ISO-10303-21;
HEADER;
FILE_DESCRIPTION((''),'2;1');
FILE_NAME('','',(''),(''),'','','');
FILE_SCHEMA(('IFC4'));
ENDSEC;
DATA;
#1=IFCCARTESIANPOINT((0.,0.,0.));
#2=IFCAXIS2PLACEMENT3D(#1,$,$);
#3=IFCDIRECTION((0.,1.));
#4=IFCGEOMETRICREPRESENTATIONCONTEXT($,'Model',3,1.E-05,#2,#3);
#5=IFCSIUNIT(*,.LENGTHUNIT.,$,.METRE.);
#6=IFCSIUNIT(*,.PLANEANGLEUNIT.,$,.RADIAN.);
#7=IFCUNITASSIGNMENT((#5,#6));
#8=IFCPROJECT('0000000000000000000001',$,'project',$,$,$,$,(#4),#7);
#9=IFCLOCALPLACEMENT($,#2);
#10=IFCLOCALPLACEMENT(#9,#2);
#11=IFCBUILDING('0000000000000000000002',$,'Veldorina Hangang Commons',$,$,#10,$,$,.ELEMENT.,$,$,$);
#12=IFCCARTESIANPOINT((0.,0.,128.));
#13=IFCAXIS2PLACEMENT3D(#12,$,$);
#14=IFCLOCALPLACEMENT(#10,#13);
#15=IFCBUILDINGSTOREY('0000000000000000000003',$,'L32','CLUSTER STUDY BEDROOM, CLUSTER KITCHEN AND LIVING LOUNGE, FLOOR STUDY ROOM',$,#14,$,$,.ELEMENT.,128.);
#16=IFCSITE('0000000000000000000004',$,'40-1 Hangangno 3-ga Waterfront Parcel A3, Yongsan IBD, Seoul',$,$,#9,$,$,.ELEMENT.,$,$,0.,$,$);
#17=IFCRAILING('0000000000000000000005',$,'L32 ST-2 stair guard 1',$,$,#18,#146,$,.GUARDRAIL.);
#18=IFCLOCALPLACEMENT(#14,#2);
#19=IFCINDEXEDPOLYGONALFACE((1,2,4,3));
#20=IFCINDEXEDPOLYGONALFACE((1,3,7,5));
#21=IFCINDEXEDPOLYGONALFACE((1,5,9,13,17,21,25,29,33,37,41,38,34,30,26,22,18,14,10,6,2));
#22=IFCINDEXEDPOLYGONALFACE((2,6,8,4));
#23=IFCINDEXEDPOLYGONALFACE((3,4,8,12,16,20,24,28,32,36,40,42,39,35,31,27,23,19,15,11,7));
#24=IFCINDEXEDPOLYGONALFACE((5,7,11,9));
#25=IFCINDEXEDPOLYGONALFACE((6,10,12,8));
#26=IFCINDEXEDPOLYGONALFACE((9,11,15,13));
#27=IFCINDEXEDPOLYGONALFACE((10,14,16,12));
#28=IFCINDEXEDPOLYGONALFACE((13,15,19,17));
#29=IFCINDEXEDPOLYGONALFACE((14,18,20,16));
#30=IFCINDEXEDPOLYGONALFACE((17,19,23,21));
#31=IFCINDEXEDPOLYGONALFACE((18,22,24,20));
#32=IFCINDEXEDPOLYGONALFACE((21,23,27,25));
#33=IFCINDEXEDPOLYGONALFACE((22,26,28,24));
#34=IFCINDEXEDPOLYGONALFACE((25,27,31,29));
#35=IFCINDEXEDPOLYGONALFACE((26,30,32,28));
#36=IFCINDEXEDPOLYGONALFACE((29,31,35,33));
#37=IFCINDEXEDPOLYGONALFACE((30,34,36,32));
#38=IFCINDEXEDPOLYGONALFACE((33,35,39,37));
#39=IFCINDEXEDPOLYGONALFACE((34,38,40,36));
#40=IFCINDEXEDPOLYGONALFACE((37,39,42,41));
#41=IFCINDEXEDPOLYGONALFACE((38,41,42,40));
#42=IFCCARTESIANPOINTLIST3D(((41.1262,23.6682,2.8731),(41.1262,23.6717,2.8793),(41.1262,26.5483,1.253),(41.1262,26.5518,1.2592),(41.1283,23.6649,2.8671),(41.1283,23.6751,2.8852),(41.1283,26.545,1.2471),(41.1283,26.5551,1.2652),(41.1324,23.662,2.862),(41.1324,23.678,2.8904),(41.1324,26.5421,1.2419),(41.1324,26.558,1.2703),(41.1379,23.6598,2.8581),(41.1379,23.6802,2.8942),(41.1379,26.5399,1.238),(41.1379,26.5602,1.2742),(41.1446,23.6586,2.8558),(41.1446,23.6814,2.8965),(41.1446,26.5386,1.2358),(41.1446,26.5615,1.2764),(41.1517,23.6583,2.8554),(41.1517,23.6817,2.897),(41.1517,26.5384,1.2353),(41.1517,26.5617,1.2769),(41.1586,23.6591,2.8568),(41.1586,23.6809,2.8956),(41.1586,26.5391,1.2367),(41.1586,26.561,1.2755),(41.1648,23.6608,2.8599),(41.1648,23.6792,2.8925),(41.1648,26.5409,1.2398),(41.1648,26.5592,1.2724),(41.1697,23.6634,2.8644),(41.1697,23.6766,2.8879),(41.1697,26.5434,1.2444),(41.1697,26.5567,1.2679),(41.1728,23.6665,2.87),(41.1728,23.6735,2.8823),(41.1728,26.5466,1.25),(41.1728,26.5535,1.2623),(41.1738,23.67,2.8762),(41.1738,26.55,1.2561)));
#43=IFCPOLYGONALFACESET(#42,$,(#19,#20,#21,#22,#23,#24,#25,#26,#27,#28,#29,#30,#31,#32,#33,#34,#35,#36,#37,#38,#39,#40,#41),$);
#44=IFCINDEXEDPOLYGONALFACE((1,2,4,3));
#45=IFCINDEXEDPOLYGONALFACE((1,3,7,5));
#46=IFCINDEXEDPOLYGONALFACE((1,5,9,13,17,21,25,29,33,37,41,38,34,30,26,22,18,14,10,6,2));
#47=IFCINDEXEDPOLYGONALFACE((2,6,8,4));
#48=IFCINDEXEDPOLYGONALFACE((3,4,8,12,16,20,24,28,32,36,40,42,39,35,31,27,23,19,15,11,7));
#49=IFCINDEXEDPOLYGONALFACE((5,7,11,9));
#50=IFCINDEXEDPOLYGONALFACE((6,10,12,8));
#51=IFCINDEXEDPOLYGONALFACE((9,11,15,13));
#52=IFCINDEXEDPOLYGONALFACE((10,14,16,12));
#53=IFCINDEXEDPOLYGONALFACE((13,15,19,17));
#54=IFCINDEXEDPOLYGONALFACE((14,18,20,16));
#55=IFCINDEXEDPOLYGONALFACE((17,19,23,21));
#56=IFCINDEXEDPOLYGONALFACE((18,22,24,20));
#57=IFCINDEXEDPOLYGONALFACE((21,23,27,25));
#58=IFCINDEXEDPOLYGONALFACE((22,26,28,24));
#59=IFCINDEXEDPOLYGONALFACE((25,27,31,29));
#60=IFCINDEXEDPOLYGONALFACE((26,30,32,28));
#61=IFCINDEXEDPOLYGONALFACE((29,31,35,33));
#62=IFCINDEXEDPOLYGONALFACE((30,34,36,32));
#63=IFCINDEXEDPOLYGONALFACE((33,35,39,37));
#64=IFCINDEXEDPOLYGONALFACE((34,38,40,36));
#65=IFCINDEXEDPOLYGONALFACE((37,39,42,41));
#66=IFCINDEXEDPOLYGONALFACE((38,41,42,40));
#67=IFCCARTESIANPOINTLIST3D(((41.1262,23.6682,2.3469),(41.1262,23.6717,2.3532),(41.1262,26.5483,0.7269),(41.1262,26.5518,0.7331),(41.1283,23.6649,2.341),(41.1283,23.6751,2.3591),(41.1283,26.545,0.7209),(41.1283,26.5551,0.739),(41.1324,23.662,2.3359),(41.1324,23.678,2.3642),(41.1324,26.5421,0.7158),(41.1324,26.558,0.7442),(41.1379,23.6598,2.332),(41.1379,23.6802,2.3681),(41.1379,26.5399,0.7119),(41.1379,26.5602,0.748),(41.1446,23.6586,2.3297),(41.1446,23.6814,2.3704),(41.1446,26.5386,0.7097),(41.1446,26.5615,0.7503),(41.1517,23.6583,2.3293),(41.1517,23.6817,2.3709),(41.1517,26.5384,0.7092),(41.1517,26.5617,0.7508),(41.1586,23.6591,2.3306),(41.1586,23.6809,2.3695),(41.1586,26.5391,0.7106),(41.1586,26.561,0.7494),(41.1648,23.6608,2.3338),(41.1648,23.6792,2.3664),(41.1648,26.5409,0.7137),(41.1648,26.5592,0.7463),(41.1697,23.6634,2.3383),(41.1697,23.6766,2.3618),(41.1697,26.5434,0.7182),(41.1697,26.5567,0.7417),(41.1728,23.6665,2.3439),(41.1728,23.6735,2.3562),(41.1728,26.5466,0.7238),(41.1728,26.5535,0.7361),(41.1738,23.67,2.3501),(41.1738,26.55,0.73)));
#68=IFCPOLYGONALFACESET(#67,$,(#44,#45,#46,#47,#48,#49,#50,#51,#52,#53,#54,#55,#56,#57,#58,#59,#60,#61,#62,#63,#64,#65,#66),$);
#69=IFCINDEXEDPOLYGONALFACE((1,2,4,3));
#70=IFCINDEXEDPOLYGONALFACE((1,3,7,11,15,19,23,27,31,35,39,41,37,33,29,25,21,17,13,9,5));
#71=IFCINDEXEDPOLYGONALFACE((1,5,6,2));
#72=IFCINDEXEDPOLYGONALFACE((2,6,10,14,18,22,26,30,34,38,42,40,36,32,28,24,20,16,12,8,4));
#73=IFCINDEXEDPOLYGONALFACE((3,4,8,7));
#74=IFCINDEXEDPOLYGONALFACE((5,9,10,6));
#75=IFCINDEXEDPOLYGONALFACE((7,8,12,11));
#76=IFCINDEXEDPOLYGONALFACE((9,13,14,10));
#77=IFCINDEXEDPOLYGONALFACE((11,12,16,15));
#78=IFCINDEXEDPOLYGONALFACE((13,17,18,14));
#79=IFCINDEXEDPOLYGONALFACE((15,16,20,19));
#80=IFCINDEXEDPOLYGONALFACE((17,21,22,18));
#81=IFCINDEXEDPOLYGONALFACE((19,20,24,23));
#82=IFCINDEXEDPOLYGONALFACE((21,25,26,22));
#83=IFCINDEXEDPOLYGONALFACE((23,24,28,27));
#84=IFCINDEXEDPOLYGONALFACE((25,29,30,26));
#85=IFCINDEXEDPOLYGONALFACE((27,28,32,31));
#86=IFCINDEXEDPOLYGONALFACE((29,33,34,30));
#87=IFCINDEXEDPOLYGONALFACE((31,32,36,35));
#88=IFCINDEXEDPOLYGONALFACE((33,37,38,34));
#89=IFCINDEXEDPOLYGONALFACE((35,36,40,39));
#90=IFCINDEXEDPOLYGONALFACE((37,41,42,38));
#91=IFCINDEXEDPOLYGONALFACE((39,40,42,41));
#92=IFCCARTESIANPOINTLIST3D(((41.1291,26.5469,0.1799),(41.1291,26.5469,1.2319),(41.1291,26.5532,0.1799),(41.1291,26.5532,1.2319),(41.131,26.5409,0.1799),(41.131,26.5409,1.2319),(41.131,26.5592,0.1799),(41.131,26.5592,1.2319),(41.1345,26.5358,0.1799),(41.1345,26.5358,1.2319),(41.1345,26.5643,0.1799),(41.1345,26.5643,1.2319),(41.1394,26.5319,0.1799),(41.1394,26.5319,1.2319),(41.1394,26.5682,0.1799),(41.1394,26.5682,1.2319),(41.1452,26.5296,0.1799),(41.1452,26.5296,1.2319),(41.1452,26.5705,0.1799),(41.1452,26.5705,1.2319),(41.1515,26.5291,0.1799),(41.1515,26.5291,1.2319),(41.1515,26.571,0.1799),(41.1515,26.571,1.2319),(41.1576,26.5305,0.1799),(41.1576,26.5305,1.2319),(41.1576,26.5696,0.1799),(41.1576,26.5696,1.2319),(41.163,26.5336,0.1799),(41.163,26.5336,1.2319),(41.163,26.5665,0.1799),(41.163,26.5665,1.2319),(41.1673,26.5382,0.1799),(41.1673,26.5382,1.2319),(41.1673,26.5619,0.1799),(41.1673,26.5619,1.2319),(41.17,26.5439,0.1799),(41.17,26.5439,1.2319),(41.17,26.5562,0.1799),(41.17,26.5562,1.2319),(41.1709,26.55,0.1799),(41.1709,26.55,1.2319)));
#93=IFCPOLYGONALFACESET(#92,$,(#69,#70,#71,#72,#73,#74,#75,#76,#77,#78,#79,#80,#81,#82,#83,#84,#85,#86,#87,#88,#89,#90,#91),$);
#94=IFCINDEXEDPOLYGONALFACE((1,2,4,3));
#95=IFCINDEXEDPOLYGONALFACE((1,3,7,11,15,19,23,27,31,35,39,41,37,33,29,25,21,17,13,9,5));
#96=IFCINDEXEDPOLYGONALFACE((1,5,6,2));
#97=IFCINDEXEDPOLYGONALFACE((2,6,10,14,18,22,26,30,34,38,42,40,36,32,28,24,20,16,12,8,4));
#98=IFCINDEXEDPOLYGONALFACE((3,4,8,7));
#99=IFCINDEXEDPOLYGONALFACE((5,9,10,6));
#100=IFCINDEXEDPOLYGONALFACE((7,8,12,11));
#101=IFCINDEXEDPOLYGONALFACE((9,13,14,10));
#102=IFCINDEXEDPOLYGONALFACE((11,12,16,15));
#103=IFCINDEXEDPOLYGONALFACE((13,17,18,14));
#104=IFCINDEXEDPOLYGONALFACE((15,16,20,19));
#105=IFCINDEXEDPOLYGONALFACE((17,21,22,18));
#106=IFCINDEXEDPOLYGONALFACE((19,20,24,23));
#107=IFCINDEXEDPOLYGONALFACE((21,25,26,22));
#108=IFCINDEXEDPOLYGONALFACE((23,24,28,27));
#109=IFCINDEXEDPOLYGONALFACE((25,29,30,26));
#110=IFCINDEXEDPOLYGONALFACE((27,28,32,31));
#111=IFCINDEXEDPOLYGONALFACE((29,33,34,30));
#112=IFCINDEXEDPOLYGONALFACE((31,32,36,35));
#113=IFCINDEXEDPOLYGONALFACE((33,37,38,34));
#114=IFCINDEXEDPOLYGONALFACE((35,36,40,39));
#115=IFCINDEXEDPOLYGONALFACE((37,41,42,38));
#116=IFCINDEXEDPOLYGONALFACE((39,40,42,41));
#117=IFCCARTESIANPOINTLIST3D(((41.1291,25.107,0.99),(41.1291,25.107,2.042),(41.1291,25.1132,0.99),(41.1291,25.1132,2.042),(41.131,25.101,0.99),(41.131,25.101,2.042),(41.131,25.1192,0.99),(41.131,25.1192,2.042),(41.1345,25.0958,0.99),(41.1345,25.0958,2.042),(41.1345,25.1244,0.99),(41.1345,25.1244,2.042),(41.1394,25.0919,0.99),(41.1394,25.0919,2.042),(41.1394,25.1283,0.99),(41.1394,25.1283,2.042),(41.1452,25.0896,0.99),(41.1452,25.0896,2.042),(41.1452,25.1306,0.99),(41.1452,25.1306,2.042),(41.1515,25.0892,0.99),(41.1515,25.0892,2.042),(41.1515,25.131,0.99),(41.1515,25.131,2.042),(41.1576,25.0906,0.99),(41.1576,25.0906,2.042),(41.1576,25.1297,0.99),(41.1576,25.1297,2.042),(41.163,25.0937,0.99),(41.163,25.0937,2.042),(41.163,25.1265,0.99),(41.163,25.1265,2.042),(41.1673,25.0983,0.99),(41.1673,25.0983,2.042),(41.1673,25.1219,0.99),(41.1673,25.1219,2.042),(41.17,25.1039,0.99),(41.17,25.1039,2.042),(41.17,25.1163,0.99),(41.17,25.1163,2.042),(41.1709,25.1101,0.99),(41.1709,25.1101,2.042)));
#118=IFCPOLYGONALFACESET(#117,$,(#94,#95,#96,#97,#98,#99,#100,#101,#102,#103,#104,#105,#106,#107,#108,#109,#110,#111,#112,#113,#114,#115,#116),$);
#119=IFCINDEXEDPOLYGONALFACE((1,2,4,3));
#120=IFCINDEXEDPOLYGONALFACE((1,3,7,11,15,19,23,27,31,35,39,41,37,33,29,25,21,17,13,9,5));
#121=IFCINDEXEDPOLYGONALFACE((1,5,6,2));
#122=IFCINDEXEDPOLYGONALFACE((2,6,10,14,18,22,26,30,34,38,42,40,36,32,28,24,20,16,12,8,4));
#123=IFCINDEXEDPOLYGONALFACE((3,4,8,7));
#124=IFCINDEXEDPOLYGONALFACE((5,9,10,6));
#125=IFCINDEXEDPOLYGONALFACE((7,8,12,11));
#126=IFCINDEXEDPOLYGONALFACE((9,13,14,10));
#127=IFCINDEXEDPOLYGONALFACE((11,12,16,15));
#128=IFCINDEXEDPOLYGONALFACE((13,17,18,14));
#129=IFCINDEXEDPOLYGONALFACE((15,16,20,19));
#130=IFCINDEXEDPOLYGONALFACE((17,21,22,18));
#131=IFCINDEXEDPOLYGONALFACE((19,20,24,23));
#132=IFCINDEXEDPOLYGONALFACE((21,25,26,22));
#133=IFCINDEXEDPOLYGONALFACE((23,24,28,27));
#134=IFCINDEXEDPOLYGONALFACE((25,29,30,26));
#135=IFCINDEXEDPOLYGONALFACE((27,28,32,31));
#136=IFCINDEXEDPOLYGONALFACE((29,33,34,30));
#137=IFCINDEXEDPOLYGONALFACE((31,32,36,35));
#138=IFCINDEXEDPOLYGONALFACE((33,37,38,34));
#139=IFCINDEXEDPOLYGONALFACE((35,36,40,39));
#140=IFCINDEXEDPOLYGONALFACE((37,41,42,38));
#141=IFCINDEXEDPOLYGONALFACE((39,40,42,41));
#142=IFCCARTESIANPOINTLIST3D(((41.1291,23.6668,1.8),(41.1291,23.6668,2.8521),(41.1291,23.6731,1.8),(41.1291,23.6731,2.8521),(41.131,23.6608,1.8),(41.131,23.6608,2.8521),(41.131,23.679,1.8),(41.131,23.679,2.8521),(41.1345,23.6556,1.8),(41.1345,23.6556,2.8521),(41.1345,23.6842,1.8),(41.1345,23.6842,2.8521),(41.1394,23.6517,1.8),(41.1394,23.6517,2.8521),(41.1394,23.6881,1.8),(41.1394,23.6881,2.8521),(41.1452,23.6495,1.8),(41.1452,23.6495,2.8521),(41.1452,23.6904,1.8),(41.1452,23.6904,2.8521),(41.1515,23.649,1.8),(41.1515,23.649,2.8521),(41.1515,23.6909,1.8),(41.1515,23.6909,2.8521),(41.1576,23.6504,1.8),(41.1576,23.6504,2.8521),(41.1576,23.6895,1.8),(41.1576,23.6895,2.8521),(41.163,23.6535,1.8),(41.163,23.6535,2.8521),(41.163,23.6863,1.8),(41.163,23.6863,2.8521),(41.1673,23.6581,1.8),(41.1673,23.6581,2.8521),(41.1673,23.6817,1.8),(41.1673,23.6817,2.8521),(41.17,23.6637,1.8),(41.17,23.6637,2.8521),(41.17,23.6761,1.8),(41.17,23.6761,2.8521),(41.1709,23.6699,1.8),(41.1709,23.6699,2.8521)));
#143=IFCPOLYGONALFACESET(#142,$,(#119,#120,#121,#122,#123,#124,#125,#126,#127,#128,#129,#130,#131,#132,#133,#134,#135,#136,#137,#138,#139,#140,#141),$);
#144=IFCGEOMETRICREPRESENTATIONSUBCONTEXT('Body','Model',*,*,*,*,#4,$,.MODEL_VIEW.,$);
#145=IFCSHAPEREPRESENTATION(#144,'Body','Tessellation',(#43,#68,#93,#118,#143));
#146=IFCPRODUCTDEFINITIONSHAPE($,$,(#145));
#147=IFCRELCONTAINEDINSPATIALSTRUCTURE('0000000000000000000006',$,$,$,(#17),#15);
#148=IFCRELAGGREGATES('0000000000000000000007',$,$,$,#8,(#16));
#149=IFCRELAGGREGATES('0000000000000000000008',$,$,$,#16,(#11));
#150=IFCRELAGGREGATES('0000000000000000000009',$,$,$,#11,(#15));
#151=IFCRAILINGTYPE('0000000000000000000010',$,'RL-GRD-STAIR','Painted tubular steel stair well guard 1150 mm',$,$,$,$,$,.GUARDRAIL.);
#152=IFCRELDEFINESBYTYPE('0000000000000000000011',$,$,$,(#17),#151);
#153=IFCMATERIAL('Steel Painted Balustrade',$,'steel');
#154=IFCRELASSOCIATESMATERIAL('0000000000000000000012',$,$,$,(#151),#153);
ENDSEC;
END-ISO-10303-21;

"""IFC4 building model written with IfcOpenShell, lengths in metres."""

from ifc_helpers import new_model, si_unit, direction, frame, origin, origin_2d, place, context, subcontext, project, spatial, circle, extrude, material, type_object, element, save


model = new_model("IFC4")

# Units and contexts
model_context = context("Model", 3, precision=1e-05, world=origin(), true_north=direction((0.0, 1.0)))
body_context = subcontext(model_context, "Body", "Model", "MODEL_VIEW")
ifc_project = project(units=[si_unit("LENGTHUNIT", "METRE"), si_unit("PLANEANGLEUNIT", "RADIAN")], contexts=[model_context])

# Site, building, storey
site_placement = place(None, origin())
site = spatial("IfcSite", under=ifc_project, at=site_placement, Name="40-1 Hangangno 3-ga Waterfront Parcel A3, Yongsan IBD, Seoul", CompositionType="ELEMENT", RefElevation=0.0)
building_placement = place(site_placement, origin())
building = spatial("IfcBuilding", under=site, at=building_placement, Name="Veldorina Hangang Commons", CompositionType="ELEMENT")
storey_placement = place(building_placement, frame((0.0, 0.0, 128.0)))
storey = spatial("IfcBuildingStorey", under=building, at=storey_placement, Name="L32", Description="CLUSTER STUDY BEDROOM, CLUSTER KITCHEN AND LIVING LOUNGE, FLOOR STUDY ROOM", CompositionType="ELEMENT", Elevation=128.0)

# Railing
ifc_material_1 = material(Name="Steel Painted Balustrade", Category="steel")
railing_type_1 = type_object("IfcRailingType", Name="RL-GRD-STAIR", Description="Painted tubular steel stair well guard 1150 mm", PredefinedType="GUARDRAIL", material=ifc_material_1)
railing_1_placement = place(storey_placement, frame((41.1499, 26.55, 0.1799)))
element("IfcRailing", 1, at=railing_1_placement, inside=storey, type_object=railing_type_1, Name="L32 ST-2 stair guard 1", PredefinedType="GUARDRAIL", context=body_context, shape_type="SweptSolid", body=[
    extrude(circle(Radius=0.0239, at=origin_2d()), frame((0.0, 0.0, 1.0762), z_axis=(0.0, -0.87157, 0.490272), x_axis=(1.0, 0.0, 0.0)), (0.0, 0.0, 1.0), 3.3044),
    extrude(circle(Radius=0.0239, at=origin_2d()), frame((0.0, 0.0, 0.55), z_axis=(0.0, -0.87157, 0.490272), x_axis=(1.0, 0.0, 0.0)), (0.0, 0.0, 1.0), 3.3044),
    extrude(circle(Radius=0.021, at=origin_2d()), origin(), (0.0, 0.0, 1.0), 1.052),
    extrude(circle(Radius=0.021, at=origin_2d()), frame((0.0, -1.4399, 0.8101)), (0.0, 0.0, 1.0), 1.052),
    extrude(circle(Radius=0.021, at=origin_2d()), frame((0.0, -2.8801, 1.6201)), (0.0, 0.0, 1.0), 1.052),
])

save(model, "model.ifc")
